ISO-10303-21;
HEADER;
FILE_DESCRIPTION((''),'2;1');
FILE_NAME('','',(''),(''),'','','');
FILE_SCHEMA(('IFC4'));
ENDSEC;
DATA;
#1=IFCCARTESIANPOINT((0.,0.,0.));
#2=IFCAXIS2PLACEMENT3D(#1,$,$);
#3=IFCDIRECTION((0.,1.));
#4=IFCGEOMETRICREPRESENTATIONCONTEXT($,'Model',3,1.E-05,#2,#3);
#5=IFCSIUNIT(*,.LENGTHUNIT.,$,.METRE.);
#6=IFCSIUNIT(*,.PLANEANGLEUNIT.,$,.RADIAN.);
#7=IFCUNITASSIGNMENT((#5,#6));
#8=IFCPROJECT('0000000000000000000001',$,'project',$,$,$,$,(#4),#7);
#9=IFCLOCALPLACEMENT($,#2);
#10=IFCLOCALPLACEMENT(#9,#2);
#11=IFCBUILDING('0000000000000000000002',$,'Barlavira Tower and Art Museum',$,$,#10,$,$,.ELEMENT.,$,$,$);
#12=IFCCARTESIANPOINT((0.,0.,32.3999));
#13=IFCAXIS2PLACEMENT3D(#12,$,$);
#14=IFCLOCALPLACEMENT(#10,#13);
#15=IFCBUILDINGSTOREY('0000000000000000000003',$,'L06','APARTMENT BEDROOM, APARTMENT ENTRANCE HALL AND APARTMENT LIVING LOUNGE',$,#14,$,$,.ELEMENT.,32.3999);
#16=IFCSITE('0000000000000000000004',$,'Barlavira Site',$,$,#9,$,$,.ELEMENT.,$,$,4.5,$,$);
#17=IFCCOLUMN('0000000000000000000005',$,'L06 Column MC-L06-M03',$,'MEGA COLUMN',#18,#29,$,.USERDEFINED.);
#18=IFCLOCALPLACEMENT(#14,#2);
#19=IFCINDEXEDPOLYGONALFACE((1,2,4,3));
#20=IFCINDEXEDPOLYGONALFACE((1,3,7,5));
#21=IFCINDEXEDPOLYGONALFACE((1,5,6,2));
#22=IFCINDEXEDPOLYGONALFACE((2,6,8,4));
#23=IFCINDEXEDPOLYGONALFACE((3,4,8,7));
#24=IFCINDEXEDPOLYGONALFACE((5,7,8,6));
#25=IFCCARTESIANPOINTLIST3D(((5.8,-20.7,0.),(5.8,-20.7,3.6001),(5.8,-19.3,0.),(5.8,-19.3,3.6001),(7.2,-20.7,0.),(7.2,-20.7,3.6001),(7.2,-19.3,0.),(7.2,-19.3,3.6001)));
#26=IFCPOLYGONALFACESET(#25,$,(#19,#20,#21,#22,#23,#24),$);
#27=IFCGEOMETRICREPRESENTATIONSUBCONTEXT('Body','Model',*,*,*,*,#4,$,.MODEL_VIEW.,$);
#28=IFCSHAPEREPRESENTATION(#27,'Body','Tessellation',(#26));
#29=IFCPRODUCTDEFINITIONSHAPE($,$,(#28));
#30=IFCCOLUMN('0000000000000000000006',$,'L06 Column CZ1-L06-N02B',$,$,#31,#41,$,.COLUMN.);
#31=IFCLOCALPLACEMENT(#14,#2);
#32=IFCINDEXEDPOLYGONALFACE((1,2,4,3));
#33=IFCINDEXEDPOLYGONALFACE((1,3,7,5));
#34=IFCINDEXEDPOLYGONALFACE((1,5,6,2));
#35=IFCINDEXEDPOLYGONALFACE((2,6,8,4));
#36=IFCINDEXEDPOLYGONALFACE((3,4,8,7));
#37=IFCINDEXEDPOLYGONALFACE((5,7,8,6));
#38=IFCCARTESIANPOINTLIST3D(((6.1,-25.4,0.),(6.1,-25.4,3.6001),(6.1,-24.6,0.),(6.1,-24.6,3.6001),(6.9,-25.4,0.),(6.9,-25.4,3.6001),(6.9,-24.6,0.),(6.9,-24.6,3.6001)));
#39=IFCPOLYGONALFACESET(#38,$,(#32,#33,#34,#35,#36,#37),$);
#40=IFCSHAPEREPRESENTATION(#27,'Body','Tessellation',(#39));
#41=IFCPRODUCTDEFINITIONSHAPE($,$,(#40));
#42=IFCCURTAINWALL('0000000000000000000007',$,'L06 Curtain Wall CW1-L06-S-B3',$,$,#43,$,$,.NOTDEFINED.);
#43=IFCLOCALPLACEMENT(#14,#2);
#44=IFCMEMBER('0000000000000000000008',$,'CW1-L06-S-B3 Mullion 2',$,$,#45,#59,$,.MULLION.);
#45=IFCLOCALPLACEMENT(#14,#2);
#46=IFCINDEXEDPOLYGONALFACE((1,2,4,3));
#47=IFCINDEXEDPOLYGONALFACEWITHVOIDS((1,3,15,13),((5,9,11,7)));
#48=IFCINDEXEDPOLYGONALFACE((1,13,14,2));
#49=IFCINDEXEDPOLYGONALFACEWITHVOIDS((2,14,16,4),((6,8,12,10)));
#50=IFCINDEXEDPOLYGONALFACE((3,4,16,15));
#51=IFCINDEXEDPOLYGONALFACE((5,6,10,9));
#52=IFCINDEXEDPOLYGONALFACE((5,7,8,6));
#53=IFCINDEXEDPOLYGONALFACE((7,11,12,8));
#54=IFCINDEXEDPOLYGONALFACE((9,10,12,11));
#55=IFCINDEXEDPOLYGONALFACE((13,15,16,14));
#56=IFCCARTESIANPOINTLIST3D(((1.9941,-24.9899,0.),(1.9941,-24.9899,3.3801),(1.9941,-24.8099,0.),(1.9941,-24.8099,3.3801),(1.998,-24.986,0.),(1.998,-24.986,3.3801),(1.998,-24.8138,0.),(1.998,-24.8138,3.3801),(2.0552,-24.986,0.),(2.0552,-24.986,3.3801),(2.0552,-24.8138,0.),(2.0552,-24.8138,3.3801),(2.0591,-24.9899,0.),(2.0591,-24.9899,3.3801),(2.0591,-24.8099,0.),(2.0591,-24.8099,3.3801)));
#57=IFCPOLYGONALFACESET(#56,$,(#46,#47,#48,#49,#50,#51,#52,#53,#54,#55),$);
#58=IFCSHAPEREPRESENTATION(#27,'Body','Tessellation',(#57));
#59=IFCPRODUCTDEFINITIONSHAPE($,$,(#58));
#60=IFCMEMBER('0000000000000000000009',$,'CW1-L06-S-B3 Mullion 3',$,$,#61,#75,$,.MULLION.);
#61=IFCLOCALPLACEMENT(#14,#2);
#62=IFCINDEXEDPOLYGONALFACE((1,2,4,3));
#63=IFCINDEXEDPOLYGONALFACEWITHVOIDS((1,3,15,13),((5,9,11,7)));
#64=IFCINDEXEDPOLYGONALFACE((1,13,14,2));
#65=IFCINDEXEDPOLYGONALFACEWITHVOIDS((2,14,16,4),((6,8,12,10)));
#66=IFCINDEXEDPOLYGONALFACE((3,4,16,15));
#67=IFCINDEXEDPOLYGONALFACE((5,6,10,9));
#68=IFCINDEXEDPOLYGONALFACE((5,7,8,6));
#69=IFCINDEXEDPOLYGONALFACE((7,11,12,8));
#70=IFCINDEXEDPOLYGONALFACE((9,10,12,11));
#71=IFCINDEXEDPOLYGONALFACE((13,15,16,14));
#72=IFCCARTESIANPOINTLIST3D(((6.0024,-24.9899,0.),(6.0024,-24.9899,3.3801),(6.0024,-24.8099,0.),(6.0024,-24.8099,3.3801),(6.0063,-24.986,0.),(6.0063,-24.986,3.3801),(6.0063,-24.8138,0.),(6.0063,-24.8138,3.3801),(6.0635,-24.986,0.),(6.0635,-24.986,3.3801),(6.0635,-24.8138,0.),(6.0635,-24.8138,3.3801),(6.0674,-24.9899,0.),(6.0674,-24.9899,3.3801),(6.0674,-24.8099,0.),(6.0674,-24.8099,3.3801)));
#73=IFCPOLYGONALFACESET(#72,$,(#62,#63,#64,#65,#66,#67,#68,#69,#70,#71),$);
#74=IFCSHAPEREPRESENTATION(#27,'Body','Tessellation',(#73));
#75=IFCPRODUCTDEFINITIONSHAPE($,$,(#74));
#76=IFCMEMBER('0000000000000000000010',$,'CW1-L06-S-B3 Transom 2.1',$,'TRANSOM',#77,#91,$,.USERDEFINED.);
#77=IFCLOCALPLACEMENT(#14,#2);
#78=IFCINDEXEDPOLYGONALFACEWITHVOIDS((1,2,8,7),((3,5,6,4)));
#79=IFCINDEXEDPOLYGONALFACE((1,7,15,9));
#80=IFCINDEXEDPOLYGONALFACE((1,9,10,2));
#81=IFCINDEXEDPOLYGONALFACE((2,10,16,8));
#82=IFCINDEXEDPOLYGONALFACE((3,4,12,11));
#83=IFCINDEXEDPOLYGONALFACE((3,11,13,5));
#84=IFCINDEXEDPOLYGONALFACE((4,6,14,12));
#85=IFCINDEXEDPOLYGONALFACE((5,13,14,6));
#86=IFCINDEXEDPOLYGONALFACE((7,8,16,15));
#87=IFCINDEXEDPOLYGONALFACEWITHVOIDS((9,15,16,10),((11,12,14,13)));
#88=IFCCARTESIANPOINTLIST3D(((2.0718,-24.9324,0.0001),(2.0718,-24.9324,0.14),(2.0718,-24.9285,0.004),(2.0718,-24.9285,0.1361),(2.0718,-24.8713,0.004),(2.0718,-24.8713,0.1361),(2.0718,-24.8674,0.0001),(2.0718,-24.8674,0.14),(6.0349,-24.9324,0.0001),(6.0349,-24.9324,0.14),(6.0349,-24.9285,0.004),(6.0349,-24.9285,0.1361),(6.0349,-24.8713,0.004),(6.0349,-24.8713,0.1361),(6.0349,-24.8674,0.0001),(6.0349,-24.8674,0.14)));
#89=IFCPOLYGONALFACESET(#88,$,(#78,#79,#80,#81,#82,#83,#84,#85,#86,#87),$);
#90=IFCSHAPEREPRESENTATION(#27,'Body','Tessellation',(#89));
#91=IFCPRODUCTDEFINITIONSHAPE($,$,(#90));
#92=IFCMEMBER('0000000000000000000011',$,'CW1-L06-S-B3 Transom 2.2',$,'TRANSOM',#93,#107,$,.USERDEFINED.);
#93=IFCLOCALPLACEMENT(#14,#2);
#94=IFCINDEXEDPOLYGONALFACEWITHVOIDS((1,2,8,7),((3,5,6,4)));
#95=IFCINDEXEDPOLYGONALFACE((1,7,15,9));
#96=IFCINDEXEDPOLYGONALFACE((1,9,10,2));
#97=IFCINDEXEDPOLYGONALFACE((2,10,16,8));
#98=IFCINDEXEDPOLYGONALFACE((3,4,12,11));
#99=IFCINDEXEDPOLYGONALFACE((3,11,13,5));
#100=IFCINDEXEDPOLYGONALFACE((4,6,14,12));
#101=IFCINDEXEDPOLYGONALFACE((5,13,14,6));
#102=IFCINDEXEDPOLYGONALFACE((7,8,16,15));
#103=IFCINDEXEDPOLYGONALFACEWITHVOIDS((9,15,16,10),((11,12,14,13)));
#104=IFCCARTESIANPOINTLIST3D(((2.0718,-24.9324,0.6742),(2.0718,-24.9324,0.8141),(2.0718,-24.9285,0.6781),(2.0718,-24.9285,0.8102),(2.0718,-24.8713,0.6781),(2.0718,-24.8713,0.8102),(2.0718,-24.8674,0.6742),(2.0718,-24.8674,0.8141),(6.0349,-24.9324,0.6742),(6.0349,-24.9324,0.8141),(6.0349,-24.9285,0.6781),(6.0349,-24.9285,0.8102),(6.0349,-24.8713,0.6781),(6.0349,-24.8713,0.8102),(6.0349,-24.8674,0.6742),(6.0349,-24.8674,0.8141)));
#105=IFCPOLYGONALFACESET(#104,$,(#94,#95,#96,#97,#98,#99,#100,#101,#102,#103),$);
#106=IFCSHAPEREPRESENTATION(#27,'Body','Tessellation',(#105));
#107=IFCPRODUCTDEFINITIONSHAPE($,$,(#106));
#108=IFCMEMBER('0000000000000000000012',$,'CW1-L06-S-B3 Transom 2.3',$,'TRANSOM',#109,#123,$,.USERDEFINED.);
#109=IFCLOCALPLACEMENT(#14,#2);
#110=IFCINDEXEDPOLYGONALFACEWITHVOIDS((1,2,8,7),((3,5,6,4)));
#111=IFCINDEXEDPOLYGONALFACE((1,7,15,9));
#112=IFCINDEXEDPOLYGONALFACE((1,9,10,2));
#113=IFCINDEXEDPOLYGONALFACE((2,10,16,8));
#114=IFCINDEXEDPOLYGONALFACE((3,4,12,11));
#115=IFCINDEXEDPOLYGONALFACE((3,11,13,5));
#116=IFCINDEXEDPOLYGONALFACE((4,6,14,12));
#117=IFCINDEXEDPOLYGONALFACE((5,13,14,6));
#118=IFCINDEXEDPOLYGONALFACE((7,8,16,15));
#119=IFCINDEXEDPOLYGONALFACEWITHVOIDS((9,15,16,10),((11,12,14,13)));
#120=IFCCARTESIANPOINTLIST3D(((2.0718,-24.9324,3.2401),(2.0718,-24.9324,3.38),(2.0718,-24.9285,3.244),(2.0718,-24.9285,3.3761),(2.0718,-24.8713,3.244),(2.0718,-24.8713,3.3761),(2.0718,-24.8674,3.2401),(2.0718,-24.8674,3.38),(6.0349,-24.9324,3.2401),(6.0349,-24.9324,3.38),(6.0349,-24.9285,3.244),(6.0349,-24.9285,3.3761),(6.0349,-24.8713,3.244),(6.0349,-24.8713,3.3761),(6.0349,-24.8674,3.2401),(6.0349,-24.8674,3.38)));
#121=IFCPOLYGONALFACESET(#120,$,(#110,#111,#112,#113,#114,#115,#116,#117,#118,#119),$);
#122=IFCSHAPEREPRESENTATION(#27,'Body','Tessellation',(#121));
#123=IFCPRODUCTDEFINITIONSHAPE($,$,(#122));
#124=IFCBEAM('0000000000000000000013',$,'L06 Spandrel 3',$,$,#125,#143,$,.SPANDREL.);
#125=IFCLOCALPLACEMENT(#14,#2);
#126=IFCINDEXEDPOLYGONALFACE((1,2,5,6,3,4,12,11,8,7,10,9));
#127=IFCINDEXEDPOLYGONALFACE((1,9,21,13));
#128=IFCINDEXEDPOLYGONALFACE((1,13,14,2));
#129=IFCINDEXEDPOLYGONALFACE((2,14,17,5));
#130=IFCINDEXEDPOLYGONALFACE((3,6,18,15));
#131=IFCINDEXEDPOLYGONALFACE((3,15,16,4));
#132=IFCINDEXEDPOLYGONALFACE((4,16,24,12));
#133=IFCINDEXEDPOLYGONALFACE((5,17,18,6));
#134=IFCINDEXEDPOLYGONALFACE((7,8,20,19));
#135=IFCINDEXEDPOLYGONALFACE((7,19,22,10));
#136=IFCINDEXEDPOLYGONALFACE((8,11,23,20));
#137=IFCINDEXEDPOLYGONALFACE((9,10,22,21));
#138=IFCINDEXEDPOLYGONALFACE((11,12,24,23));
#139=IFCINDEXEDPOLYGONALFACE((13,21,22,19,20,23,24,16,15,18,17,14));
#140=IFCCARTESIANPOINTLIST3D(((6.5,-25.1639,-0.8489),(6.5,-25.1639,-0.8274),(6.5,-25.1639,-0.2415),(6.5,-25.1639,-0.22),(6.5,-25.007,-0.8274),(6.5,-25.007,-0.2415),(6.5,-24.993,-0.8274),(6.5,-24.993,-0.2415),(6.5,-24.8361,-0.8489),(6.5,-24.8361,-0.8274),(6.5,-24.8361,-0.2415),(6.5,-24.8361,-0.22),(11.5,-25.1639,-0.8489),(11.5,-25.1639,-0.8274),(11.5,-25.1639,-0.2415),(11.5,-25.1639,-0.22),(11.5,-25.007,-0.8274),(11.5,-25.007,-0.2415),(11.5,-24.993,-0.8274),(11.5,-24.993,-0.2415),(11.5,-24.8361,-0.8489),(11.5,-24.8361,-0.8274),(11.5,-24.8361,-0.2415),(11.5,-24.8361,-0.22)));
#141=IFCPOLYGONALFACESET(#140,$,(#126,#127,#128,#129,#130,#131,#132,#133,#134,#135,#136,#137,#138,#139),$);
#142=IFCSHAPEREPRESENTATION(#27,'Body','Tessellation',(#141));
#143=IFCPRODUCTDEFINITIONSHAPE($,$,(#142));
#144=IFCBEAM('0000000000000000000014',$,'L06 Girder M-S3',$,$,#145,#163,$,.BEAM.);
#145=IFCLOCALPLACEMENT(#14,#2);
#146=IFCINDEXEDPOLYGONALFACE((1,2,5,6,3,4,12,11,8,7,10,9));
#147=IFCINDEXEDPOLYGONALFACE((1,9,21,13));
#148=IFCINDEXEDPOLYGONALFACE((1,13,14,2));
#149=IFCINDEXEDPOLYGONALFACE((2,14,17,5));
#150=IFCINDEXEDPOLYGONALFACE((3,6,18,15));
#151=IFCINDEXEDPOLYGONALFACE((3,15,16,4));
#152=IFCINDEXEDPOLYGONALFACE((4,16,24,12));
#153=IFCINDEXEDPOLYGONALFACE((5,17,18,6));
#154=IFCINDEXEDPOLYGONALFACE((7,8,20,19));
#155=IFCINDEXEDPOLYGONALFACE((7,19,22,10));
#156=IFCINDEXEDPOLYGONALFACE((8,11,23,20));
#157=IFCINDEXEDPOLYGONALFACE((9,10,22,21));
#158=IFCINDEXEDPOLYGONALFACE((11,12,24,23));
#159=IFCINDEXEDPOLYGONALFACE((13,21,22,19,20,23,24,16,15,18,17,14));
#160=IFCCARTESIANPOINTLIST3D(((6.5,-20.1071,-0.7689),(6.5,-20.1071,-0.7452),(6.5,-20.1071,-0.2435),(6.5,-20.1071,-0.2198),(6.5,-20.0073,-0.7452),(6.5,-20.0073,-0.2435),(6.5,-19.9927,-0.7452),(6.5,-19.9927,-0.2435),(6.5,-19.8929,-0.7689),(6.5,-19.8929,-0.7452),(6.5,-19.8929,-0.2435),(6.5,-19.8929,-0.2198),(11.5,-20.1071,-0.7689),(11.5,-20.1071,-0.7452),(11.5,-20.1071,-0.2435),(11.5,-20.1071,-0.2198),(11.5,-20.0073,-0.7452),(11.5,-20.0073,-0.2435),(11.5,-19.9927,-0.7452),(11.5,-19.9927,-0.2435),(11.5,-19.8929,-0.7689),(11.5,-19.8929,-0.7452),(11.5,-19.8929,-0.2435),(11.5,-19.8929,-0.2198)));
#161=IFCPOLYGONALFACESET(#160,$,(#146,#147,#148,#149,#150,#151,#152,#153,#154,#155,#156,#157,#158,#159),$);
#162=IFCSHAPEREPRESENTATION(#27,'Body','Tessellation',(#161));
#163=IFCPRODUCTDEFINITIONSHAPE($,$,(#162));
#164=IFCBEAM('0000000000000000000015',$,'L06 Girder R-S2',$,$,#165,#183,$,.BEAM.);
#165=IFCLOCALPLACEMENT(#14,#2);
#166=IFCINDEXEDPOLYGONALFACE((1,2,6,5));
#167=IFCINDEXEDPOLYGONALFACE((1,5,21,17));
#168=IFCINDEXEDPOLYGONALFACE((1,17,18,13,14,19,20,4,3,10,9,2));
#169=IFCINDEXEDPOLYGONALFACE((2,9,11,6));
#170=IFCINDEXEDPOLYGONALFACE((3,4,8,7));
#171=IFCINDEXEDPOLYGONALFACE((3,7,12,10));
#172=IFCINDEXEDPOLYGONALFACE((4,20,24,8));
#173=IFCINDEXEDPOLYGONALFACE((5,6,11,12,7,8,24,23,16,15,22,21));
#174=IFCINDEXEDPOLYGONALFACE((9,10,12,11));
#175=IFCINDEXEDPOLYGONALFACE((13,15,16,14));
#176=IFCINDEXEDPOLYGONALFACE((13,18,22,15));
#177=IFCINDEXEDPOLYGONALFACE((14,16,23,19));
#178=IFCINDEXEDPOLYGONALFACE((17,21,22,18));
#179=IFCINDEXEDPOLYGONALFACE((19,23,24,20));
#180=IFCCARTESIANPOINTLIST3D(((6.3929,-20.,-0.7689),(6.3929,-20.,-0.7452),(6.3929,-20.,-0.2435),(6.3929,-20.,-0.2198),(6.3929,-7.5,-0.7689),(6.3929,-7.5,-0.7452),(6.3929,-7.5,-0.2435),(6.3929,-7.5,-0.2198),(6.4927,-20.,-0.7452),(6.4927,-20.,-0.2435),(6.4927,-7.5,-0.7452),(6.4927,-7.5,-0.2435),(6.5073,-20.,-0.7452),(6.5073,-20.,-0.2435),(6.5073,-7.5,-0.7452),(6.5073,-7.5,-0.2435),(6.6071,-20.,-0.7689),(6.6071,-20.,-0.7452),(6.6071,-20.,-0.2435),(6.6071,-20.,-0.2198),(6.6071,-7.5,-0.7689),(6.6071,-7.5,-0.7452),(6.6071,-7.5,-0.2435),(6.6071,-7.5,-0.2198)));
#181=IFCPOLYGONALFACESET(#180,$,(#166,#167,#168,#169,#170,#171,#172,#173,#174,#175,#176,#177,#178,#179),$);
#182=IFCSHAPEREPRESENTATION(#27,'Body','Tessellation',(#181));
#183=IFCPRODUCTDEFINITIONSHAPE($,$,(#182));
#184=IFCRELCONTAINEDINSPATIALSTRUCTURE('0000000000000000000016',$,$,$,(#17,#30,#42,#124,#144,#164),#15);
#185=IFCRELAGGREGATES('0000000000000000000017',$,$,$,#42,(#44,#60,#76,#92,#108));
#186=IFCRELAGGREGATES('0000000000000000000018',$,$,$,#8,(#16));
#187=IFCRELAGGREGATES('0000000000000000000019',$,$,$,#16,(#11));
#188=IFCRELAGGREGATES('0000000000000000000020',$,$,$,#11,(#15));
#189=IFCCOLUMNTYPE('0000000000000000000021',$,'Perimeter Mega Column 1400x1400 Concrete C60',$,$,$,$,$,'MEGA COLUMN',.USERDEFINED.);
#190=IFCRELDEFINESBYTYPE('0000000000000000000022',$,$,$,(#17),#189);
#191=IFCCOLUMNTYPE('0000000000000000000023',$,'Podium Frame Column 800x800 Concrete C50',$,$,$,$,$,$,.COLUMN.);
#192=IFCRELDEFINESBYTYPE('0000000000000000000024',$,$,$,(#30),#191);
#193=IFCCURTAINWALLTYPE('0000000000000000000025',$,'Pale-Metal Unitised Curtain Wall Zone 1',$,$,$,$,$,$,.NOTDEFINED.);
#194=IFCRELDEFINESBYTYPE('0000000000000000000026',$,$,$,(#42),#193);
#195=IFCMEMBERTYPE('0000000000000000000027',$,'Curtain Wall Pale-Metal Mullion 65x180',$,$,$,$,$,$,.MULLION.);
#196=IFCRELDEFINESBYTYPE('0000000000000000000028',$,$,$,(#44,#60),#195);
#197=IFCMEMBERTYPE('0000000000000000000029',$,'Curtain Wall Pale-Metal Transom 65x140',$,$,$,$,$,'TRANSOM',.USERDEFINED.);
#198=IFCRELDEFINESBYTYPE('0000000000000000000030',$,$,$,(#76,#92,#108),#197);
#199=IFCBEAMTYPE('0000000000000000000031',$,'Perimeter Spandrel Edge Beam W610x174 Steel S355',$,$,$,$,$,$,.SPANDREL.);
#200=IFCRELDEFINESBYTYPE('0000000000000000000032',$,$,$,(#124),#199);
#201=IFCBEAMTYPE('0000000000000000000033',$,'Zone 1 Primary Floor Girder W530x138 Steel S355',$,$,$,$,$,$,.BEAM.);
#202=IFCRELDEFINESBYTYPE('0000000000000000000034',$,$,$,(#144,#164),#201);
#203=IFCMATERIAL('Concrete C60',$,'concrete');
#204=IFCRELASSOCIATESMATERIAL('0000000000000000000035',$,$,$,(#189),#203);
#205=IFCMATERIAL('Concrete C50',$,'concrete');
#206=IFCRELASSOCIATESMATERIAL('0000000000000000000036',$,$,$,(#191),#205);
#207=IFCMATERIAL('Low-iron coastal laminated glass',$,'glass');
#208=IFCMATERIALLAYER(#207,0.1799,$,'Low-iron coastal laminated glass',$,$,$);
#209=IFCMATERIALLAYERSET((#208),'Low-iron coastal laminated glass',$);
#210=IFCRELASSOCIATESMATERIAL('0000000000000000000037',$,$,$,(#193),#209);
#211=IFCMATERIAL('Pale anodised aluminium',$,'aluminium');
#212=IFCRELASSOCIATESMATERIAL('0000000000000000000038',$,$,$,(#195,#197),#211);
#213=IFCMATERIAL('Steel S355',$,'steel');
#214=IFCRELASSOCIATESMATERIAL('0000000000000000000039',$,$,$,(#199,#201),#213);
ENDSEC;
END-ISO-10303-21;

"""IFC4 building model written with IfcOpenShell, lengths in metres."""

from ifc_helpers import new_model, si_unit, direction, frame, origin, origin_2d, place, context, subcontext, project, spatial, rectangle, hollow_rectangle, i_section, extrude, material, layer, layer_set, material_profile, profile_set, type_object, element, aggregate, save


model = new_model("IFC4")

# Units and contexts
model_context = context("Model", 3, precision=1e-05, world=origin(), true_north=direction((0.0, 1.0)))
body_context = subcontext(model_context, "Body", "Model", "MODEL_VIEW")
ifc_project = project(units=[si_unit("LENGTHUNIT", "METRE"), si_unit("PLANEANGLEUNIT", "RADIAN")], contexts=[model_context])

# Site, building, storey
site_placement = place(None, origin())
site = spatial("IfcSite", under=ifc_project, at=site_placement, Name="Barlavira Site", CompositionType="ELEMENT", RefElevation=4.5)
building_placement = place(site_placement, origin())
building = spatial("IfcBuilding", under=site, at=building_placement, Name="Barlavira Tower and Art Museum", CompositionType="ELEMENT")
storey_placement = place(building_placement, frame((0.0, 0.0, 32.3999)))
storey = spatial("IfcBuildingStorey", under=building, at=storey_placement, Name="L06", Description="APARTMENT BEDROOM, APARTMENT ENTRANCE HALL AND APARTMENT LIVING LOUNGE", CompositionType="ELEMENT", Elevation=32.3999)

# Columns
ifc_material_1 = material(Name="Concrete C60", Category="concrete")
ifc_material_profile_1 = material_profile(ifc_material_1, rectangle(XDim=1.3999, YDim=1.3999, at=origin_2d()), Name="RC-MCOL 1400x1400")
ifc_profile_set_1 = profile_set([ifc_material_profile_1], Name="Concrete C60")
column_type_1 = type_object("IfcColumnType", Name="Perimeter Mega Column 1400x1400 Concrete C60", ElementType="MEGA COLUMN", PredefinedType="USERDEFINED", material=ifc_profile_set_1)
column_1_placement = place(storey_placement, frame((6.5, -20.0, 0.0), z_axis=(0.0, 0.0, 1.0), x_axis=(1.0, 0.0, 0.0)))
element("IfcColumn", 1, at=column_1_placement, inside=storey, type_object=column_type_1, Name="L06 Column MC-L06-M03", ObjectType="MEGA COLUMN", PredefinedType="USERDEFINED", context=body_context, shape_type="SweptSolid", body=[
    extrude(rectangle(XDim=1.3999, YDim=1.3999, at=origin_2d()), origin(), (0.0, 0.0, 1.0), 3.6001),
])
ifc_material_2 = material(Name="Concrete C50", Category="concrete")
ifc_material_profile_2 = material_profile(ifc_material_2, rectangle(XDim=0.8, YDim=0.8, at=origin_2d()), Name="RC-COL 800x800")
ifc_profile_set_2 = profile_set([ifc_material_profile_2], Name="Concrete C50")
column_type_2 = type_object("IfcColumnType", Name="Podium Frame Column 800x800 Concrete C50", PredefinedType="COLUMN", material=ifc_profile_set_2)
column_2_placement = place(storey_placement, frame((6.5, -25.0, 0.0), z_axis=(0.0, 0.0, 1.0), x_axis=(1.0, 0.0, 0.0)))
element("IfcColumn", 2, at=column_2_placement, inside=storey, type_object=column_type_2, Name="L06 Column CZ1-L06-N02B", PredefinedType="COLUMN", context=body_context, shape_type="SweptSolid", body=[
    extrude(rectangle(XDim=0.8, YDim=0.8, at=origin_2d()), origin(), (0.0, 0.0, 1.0), 3.6001),
])

# Curtain wall, members
ifc_material_3 = material(Name="Low-iron coastal laminated glass", Category="glass")
ifc_layer_1 = layer(ifc_material_3, 0.1799, Name="Low-iron coastal laminated glass")
ifc_layer_set_1 = layer_set([ifc_layer_1], Name="Low-iron coastal laminated glass")
curtain_wall_type = type_object("IfcCurtainWallType", Name="Pale-Metal Unitised Curtain Wall Zone 1", PredefinedType="NOTDEFINED", material=ifc_layer_set_1)
curtain_wall_placement = place(storey_placement, origin())
curtain_wall = element("IfcCurtainWall", 3, at=curtain_wall_placement, inside=storey, type_object=curtain_wall_type, Name="L06 Curtain Wall CW1-L06-S-B3", PredefinedType="NOTDEFINED")
ifc_material_4 = material(Name="Pale anodised aluminium", Category="aluminium")
ifc_material_profile_3 = material_profile(ifc_material_4, hollow_rectangle(XDim=0.0649, YDim=0.1799, WallThickness=0.0039, at=origin_2d()), Name="ALU-MULL 65x180x4")
ifc_profile_set_3 = profile_set([ifc_material_profile_3], Name="Pale anodised aluminium")
member_type_1 = type_object("IfcMemberType", Name="Curtain Wall Pale-Metal Mullion 65x180", PredefinedType="MULLION", material=ifc_profile_set_3)
member_1_placement = place(storey_placement, frame((2.0266, -24.8999, 0.0), z_axis=(0.0, 0.0, 1.0), x_axis=(1.0, 0.0, 0.0)))
member_1 = element("IfcMember", 4, at=member_1_placement, type_object=member_type_1, Name="CW1-L06-S-B3 Mullion 2", PredefinedType="MULLION", context=body_context, shape_type="SweptSolid", body=[
    extrude(hollow_rectangle(XDim=0.0649, YDim=0.1799, WallThickness=0.0039, at=origin_2d()), origin(), (0.0, 0.0, 1.0), 3.3801),
])
member_2_placement = place(storey_placement, frame((6.0349, -24.8999, 0.0), z_axis=(0.0, 0.0, 1.0), x_axis=(1.0, 0.0, 0.0)))
member_2 = element("IfcMember", 5, at=member_2_placement, type_object=member_type_1, Name="CW1-L06-S-B3 Mullion 3", PredefinedType="MULLION", context=body_context, shape_type="SweptSolid", body=[
    extrude(hollow_rectangle(XDim=0.0649, YDim=0.1799, WallThickness=0.0039, at=origin_2d()), origin(), (0.0, 0.0, 1.0), 3.3801),
])
ifc_material_profile_4 = material_profile(ifc_material_4, hollow_rectangle(XDim=0.0649, YDim=0.1399, WallThickness=0.0039, at=origin_2d()), Name="ALU-TRAN 65x140x4")
ifc_profile_set_4 = profile_set([ifc_material_profile_4], Name="Pale anodised aluminium")
member_type_2 = type_object("IfcMemberType", Name="Curtain Wall Pale-Metal Transom 65x140", ElementType="TRANSOM", PredefinedType="USERDEFINED", material=ifc_profile_set_4)
member_3_placement = place(storey_placement, frame((2.0718, -24.8999, 0.0701), z_axis=(1.0, 0.0, 0.0), x_axis=(0.0, 1.0, 0.0)))
member_3 = element("IfcMember", 6, at=member_3_placement, type_object=member_type_2, Name="CW1-L06-S-B3 Transom 2.1", ObjectType="TRANSOM", PredefinedType="USERDEFINED", context=body_context, shape_type="SweptSolid", body=[
    extrude(hollow_rectangle(XDim=0.0649, YDim=0.1399, WallThickness=0.0039, at=origin_2d()), origin(), (0.0, 0.0, 1.0), 3.9631),
])
member_4_placement = place(storey_placement, frame((2.0718, -24.8999, 0.7441), z_axis=(1.0, 0.0, 0.0), x_axis=(0.0, 1.0, 0.0)))
member_4 = element("IfcMember", 7, at=member_4_placement, type_object=member_type_2, Name="CW1-L06-S-B3 Transom 2.2", ObjectType="TRANSOM", PredefinedType="USERDEFINED", context=body_context, shape_type="SweptSolid", body=[
    extrude(hollow_rectangle(XDim=0.0649, YDim=0.1399, WallThickness=0.0039, at=origin_2d()), origin(), (0.0, 0.0, 1.0), 3.9631),
])
member_5_placement = place(storey_placement, frame((2.0718, -24.8999, 3.3101), z_axis=(1.0, 0.0, 0.0), x_axis=(0.0, 1.0, 0.0)))
member_5 = element("IfcMember", 8, at=member_5_placement, type_object=member_type_2, Name="CW1-L06-S-B3 Transom 2.3", ObjectType="TRANSOM", PredefinedType="USERDEFINED", context=body_context, shape_type="SweptSolid", body=[
    extrude(hollow_rectangle(XDim=0.0649, YDim=0.1399, WallThickness=0.0039, at=origin_2d()), origin(), (0.0, 0.0, 1.0), 3.9631),
])

# Beams
ifc_material_5 = material(Name="Steel S355", Category="steel")
ifc_material_profile_5 = material_profile(ifc_material_5, i_section(OverallWidth=0.3279, OverallDepth=0.6289, WebThickness=0.0139, FlangeThickness=0.0215, at=origin_2d()), Name="W610x174.0")
ifc_profile_set_5 = profile_set([ifc_material_profile_5], Name="Steel S355")
beam_type_1 = type_object("IfcBeamType", Name="Perimeter Spandrel Edge Beam W610x174 Steel S355", PredefinedType="SPANDREL", material=ifc_profile_set_5)
beam_1_placement = place(storey_placement, frame((6.5, -25.0, -0.5344), z_axis=(1.0, 0.0, 0.0), x_axis=(0.0, 1.0, 0.0)))
element("IfcBeam", 9, at=beam_1_placement, inside=storey, type_object=beam_type_1, Name="L06 Spandrel 3", PredefinedType="SPANDREL", context=body_context, shape_type="SweptSolid", body=[
    extrude(i_section(OverallWidth=0.3279, OverallDepth=0.6289, WebThickness=0.0139, FlangeThickness=0.0215, at=origin_2d()), origin(), (0.0, 0.0, 1.0), 5.0),
])
ifc_material_profile_6 = material_profile(ifc_material_5, i_section(OverallWidth=0.2141, OverallDepth=0.5491, WebThickness=0.0146, FlangeThickness=0.0237, at=origin_2d()), Name="W530x138.0")
ifc_profile_set_6 = profile_set([ifc_material_profile_6], Name="Steel S355")
beam_type_2 = type_object("IfcBeamType", Name="Zone 1 Primary Floor Girder W530x138 Steel S355", PredefinedType="BEAM", material=ifc_profile_set_6)
beam_2_placement = place(storey_placement, frame((6.5, -20.0, -0.4944), z_axis=(1.0, 0.0, 0.0), x_axis=(0.0, 1.0, 0.0)))
element("IfcBeam", 10, at=beam_2_placement, inside=storey, type_object=beam_type_2, Name="L06 Girder M-S3", PredefinedType="BEAM", context=body_context, shape_type="SweptSolid", body=[
    extrude(i_section(OverallWidth=0.2141, OverallDepth=0.5491, WebThickness=0.0146, FlangeThickness=0.0237, at=origin_2d()), origin(), (0.0, 0.0, 1.0), 5.0),
])
beam_3_placement = place(storey_placement, frame((6.5, -20.0, -0.4944), z_axis=(0.0, 1.0, 0.0), x_axis=(-1.0, 0.0, 0.0)))
element("IfcBeam", 11, at=beam_3_placement, inside=storey, type_object=beam_type_2, Name="L06 Girder R-S2", PredefinedType="BEAM", context=body_context, shape_type="SweptSolid", body=[
    extrude(i_section(OverallWidth=0.2141, OverallDepth=0.5491, WebThickness=0.0146, FlangeThickness=0.0237, at=origin_2d()), origin(), (0.0, 0.0, 1.0), 12.5),
])

aggregate(curtain_wall, [member_1, member_2, member_3, member_4, member_5])

save(model, "model.ifc")
